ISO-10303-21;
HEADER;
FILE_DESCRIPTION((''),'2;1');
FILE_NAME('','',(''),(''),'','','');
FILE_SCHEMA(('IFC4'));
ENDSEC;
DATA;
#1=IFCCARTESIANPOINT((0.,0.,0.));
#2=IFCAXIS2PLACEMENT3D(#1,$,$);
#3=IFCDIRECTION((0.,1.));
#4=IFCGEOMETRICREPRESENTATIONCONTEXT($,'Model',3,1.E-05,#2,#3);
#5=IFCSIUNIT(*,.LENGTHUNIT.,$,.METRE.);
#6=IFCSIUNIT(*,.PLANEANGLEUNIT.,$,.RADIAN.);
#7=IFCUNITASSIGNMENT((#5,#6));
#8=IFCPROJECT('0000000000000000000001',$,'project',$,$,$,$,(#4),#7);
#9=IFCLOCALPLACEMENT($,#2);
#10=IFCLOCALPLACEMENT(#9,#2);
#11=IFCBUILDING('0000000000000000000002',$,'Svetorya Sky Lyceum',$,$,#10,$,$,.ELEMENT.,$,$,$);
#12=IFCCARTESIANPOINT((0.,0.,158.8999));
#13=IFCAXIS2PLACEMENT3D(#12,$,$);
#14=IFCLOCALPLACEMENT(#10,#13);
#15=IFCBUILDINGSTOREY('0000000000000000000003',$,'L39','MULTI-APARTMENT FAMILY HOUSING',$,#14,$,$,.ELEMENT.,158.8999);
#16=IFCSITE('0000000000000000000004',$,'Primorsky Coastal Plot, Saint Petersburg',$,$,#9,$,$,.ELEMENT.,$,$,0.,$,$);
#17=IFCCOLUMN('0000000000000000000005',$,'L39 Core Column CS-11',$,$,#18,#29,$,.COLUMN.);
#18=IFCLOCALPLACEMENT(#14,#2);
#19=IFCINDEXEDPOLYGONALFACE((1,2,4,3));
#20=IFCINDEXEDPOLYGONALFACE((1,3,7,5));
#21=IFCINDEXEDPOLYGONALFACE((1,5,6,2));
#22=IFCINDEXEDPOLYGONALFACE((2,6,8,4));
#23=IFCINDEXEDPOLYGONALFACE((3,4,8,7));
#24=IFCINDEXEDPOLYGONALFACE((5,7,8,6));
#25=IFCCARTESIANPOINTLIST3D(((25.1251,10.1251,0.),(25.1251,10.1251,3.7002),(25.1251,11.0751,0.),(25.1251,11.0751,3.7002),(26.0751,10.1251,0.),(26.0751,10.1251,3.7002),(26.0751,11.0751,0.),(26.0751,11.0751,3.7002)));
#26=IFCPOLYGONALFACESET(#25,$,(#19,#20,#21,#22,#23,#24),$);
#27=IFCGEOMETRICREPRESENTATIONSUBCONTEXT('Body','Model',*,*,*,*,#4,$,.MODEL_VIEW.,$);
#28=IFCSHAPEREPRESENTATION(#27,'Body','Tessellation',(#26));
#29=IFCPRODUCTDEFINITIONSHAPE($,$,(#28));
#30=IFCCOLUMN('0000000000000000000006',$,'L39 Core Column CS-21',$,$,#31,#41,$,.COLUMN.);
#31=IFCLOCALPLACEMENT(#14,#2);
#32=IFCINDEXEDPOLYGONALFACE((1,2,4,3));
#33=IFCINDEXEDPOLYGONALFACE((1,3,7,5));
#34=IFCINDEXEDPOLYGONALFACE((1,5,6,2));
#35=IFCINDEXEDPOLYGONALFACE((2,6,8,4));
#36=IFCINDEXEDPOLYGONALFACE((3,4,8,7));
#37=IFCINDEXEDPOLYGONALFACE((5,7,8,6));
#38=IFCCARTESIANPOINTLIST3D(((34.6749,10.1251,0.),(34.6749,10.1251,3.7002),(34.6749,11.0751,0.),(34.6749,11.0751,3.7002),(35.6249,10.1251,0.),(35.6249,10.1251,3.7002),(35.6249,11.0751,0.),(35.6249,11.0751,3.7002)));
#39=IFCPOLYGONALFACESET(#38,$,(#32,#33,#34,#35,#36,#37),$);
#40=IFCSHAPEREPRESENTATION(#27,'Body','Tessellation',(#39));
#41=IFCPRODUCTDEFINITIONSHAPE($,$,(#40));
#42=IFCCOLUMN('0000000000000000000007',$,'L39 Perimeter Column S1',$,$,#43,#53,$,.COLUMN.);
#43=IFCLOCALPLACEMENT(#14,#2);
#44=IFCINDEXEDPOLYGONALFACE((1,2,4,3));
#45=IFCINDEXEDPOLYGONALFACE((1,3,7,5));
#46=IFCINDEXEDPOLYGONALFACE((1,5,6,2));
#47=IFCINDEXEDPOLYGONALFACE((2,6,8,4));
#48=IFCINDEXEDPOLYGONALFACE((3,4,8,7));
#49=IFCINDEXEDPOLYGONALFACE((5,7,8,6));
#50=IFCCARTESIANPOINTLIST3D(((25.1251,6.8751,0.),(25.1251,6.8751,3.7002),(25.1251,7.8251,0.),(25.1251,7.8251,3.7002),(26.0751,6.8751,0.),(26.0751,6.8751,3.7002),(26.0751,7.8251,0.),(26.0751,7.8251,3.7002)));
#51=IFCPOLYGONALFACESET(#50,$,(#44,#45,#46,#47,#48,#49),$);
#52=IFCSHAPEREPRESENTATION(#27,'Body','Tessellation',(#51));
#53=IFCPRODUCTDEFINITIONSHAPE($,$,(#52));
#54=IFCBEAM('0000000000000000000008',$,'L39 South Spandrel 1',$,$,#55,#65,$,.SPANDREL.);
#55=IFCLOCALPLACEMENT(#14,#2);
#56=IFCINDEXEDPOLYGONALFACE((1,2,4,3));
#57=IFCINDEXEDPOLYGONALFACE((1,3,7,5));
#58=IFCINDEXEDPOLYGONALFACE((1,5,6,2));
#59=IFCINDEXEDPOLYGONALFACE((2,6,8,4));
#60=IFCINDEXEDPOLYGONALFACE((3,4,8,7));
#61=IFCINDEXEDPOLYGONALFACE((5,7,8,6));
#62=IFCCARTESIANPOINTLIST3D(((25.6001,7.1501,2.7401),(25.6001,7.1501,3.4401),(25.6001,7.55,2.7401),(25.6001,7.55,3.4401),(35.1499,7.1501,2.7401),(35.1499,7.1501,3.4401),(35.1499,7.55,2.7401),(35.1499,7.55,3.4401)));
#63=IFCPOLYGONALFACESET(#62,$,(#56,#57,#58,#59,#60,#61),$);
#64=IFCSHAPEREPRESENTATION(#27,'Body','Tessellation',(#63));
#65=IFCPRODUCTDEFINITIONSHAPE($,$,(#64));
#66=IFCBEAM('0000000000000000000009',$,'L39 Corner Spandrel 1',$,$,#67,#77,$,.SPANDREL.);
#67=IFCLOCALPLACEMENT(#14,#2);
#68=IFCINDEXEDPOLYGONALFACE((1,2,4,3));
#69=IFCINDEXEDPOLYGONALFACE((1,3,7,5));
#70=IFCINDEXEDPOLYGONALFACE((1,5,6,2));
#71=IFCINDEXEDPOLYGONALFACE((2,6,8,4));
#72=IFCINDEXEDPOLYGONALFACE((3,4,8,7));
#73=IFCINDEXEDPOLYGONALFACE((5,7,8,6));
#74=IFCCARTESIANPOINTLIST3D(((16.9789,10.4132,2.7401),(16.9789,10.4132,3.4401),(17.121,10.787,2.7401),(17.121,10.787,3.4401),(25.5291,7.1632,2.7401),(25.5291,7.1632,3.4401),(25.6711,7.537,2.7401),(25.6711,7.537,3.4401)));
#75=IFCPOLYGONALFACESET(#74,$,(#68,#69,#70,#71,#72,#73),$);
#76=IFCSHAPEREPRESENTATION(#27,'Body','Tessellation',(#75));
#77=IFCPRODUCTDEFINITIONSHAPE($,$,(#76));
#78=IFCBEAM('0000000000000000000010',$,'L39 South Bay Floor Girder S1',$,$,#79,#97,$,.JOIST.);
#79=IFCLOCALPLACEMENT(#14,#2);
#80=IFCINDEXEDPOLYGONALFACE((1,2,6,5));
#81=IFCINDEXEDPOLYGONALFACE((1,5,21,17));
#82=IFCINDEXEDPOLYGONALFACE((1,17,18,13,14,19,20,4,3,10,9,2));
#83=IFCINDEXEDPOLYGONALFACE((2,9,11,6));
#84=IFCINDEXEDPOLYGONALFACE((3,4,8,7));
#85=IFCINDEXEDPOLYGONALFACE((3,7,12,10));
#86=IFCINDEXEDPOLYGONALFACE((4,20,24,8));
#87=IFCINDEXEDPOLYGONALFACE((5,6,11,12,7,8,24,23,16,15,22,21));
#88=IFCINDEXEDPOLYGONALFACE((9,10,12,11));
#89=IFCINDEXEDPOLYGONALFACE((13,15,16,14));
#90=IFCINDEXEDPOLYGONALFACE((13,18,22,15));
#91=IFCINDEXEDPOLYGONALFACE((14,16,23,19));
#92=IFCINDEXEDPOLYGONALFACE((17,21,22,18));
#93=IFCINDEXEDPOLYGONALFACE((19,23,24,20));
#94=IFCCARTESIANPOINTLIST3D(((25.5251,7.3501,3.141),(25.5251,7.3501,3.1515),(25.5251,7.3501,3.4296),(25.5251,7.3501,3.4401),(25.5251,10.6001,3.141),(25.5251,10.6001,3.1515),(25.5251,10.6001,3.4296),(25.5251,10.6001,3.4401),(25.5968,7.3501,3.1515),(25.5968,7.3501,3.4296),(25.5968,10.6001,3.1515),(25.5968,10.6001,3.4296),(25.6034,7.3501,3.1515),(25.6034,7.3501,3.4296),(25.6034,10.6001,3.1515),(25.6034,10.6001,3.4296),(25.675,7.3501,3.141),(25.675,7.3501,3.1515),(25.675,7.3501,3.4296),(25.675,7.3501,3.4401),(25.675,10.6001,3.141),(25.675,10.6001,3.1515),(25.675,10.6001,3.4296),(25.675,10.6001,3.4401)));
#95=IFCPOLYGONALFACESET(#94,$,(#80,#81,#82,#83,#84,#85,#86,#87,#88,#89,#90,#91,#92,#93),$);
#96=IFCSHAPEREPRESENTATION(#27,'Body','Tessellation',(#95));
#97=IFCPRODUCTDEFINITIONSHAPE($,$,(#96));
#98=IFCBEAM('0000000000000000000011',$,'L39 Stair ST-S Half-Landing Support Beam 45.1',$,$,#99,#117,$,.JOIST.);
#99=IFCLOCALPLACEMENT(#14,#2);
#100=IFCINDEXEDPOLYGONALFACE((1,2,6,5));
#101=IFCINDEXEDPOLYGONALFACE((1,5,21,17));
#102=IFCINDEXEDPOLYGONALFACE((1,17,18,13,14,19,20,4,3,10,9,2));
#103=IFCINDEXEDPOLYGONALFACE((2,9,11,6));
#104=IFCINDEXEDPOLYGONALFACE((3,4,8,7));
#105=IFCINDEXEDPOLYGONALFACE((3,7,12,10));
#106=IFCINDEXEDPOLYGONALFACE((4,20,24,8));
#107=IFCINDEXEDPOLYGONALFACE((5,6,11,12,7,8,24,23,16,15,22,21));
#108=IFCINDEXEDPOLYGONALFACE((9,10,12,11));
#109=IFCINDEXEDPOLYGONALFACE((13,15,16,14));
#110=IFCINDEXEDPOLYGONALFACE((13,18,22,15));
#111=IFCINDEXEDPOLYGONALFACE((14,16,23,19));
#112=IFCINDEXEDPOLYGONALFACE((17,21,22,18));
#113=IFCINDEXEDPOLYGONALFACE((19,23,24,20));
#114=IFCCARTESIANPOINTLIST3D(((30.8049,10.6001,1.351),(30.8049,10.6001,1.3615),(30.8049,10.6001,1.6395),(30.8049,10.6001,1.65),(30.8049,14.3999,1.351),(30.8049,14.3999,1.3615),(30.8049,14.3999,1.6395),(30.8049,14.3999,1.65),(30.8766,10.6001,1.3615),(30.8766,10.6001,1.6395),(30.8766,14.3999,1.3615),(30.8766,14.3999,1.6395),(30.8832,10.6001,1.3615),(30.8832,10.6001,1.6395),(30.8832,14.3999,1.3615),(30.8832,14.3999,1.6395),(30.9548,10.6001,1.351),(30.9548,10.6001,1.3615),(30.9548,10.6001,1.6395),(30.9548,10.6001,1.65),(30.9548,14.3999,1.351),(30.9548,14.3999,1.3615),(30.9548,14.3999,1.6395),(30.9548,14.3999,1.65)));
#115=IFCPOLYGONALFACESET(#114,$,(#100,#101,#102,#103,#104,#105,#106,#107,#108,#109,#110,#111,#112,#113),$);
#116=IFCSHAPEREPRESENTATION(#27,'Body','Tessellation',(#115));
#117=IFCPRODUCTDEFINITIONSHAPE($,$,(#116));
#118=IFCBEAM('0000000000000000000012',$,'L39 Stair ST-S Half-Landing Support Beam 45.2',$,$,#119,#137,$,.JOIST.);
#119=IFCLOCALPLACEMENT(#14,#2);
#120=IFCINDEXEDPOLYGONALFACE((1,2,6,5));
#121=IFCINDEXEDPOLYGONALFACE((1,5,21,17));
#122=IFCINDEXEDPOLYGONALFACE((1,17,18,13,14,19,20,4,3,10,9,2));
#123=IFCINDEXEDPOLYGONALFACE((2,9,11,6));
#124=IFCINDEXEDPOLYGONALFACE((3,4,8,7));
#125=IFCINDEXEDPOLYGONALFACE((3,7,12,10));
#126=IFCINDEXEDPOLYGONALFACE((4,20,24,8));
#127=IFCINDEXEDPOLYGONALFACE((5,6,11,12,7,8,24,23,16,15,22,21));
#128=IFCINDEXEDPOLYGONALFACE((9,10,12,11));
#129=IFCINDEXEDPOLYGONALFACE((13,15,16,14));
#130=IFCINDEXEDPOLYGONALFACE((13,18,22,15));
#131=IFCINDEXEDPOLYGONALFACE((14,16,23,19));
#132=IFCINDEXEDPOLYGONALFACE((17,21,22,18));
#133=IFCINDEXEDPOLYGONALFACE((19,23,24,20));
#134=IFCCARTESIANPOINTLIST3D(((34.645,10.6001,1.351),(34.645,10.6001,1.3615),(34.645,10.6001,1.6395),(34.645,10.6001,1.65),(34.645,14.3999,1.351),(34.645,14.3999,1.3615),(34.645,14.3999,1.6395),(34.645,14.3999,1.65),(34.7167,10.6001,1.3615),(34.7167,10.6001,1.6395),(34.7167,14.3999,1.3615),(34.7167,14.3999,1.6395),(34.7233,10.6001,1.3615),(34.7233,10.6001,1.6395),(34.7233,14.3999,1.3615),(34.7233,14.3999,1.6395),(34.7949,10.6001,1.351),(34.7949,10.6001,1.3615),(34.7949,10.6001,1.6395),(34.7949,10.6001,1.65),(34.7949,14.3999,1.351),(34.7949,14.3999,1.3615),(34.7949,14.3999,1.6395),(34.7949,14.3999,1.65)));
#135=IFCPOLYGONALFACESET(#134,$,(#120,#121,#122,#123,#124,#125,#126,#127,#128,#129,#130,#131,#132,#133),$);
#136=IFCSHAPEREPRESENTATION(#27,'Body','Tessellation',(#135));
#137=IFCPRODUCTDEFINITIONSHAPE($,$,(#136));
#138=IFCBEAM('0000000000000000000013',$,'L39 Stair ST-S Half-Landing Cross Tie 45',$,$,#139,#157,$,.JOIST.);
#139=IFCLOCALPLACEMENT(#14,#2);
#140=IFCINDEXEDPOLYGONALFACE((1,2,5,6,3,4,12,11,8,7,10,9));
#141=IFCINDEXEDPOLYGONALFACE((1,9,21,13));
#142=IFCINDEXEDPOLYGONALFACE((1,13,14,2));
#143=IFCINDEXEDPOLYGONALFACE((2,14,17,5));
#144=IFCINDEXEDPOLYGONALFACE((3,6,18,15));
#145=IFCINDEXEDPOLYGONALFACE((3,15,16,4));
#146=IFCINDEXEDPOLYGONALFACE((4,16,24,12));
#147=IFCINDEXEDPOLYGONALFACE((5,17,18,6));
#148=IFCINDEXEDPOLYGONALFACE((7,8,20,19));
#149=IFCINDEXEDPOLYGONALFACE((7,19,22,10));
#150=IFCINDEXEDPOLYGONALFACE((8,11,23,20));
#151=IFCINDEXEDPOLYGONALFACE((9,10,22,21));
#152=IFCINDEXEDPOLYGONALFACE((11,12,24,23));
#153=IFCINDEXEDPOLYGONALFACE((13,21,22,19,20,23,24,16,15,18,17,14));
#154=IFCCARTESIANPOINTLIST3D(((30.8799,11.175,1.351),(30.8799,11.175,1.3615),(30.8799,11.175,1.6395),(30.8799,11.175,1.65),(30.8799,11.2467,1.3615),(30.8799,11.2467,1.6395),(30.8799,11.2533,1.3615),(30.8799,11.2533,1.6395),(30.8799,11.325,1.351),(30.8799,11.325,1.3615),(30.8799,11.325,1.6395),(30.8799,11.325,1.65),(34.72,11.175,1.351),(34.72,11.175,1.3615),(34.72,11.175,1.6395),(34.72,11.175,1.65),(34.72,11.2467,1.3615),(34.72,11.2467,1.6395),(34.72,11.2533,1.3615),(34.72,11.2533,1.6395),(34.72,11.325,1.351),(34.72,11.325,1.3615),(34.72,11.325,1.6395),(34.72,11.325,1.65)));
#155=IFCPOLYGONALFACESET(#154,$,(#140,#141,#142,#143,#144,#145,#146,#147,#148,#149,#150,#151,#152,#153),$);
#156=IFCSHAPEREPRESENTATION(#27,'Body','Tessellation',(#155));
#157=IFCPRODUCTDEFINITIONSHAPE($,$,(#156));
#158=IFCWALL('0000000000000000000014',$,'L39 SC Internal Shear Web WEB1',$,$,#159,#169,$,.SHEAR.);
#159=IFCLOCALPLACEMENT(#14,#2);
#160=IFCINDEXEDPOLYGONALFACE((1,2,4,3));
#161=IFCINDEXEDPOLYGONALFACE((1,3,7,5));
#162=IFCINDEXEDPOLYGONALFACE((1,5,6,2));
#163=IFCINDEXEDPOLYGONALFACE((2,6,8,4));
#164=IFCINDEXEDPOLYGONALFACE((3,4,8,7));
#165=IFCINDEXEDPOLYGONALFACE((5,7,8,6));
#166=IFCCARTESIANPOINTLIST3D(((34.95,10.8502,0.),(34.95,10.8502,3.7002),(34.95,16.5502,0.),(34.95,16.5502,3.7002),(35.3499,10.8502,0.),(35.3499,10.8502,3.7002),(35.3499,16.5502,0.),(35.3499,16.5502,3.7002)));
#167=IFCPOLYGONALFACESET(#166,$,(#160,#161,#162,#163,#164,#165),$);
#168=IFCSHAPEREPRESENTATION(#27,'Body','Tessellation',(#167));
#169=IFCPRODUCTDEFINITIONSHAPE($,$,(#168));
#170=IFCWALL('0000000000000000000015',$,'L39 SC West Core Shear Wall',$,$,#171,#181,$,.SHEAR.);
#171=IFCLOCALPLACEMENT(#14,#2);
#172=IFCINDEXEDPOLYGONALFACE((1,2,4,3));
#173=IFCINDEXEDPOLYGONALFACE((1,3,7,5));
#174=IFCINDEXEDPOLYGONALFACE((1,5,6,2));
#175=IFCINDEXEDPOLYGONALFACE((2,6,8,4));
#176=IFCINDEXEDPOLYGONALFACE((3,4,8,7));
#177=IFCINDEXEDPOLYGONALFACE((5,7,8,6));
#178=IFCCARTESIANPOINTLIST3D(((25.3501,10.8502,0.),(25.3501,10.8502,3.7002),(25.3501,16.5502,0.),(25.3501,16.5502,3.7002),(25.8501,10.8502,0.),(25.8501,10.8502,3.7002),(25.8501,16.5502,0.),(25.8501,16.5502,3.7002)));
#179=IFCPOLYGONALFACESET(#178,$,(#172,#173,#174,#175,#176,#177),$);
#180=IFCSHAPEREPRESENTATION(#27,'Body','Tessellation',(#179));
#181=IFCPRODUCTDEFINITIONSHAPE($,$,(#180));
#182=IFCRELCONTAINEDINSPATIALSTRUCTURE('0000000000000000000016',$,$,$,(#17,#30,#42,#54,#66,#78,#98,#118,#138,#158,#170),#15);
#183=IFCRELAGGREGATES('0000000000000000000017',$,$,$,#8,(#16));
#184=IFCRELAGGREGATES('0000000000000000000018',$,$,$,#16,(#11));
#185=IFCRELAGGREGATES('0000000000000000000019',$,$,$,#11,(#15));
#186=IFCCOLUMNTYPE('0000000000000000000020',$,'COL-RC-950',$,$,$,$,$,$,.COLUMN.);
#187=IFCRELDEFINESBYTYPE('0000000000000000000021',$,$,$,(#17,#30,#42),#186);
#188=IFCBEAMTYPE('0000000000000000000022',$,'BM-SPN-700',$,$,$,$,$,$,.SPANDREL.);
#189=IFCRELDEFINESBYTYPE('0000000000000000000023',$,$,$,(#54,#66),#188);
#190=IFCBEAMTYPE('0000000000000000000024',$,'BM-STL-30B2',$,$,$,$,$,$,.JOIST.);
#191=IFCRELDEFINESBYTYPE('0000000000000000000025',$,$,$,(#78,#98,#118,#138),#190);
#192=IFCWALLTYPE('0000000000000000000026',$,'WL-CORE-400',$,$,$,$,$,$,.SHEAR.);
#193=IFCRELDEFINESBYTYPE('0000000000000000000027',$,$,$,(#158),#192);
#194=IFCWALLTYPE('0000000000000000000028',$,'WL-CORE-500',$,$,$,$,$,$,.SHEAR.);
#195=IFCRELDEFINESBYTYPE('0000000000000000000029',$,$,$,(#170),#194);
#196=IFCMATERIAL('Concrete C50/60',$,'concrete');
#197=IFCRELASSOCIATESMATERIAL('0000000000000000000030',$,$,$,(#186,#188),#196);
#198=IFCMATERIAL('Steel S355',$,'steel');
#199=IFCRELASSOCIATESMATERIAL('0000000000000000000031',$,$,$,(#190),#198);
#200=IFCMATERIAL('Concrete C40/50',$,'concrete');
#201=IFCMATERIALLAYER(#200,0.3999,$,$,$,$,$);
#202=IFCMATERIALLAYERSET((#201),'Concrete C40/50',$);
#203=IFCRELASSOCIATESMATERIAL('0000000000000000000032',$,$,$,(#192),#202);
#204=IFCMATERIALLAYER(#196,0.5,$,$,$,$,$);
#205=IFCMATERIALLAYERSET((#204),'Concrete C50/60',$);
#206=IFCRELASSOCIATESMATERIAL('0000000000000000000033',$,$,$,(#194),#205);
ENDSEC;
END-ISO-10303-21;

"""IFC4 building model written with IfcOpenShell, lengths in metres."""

from ifc_helpers import new_model, si_unit, direction, frame, frame_2d, origin, origin_2d, place, context, subcontext, project, spatial, rectangle, i_section, extrude, material, layer, layer_set, material_profile, profile_set, type_object, element, save


model = new_model("IFC4")

# Units and contexts
model_context = context("Model", 3, precision=1e-05, world=origin(), true_north=direction((0.0, 1.0)))
body_context = subcontext(model_context, "Body", "Model", "MODEL_VIEW")
ifc_project = project(units=[si_unit("LENGTHUNIT", "METRE"), si_unit("PLANEANGLEUNIT", "RADIAN")], contexts=[model_context])

# Site, building, storey
site_placement = place(None, origin())
site = spatial("IfcSite", under=ifc_project, at=site_placement, Name="Primorsky Coastal Plot, Saint Petersburg", CompositionType="ELEMENT", RefElevation=0.0)
building_placement = place(site_placement, origin())
building = spatial("IfcBuilding", under=site, at=building_placement, Name="Svetorya Sky Lyceum", CompositionType="ELEMENT")
storey_placement = place(building_placement, frame((0.0, 0.0, 158.8999)))
storey = spatial("IfcBuildingStorey", under=building, at=storey_placement, Name="L39", Description="MULTI-APARTMENT FAMILY HOUSING", CompositionType="ELEMENT", Elevation=158.8999)

# Columns
ifc_material_1 = material(Name="Concrete C50/60", Category="concrete")
ifc_material_profile_1 = material_profile(ifc_material_1, rectangle(XDim=0.95, YDim=0.95, at=origin_2d()), Name="RC COL 950x950")
ifc_profile_set_1 = profile_set([ifc_material_profile_1], Name="Concrete C50/60")
column_type = type_object("IfcColumnType", Name="COL-RC-950", PredefinedType="COLUMN", material=ifc_profile_set_1)
for number, where, z_axis, x_axis, name in (
    (1, (25.6001, 10.6001, 0.0), (0.0, 0.0, 1.0), (1.0, 0.0, 0.0), "L39 Core Column CS-11"),
    (2, (35.1499, 10.6001, 0.0), (0.0, 0.0, 1.0), (1.0, 0.0, 0.0), "L39 Core Column CS-21"),
    (3, (25.6001, 7.3501, 0.0), (0.0, 0.0, 1.0), (1.0, 0.0, 0.0), "L39 Perimeter Column S1"),
):
    element("IfcColumn", number, at=place(storey_placement, frame(where, z_axis=z_axis, x_axis=x_axis)), inside=storey, type_object=column_type, Name=name, PredefinedType="COLUMN", context=body_context, shape_type="SweptSolid", body=[
        extrude(rectangle(XDim=0.95, YDim=0.95, at=origin_2d()), origin(), (0.0, 0.0, 1.0), 3.7002),
    ])

# Beams
ifc_material_profile_2 = material_profile(ifc_material_1, rectangle(XDim=0.3999, YDim=0.7, at=origin_2d()), Name="RC SPANDREL 400x700")
ifc_profile_set_2 = profile_set([ifc_material_profile_2], Name="Concrete C50/60")
beam_type_1 = type_object("IfcBeamType", Name="BM-SPN-700", PredefinedType="SPANDREL", material=ifc_profile_set_2)
beam_1_placement = place(storey_placement, frame((25.6001, 7.3501, 3.0901), z_axis=(1.0, 0.0, 0.0), x_axis=(0.0, 1.0, 0.0)))
element("IfcBeam", 4, at=beam_1_placement, inside=storey, type_object=beam_type_1, Name="L39 South Spandrel 1", PredefinedType="SPANDREL", context=body_context, shape_type="SweptSolid", body=[
    extrude(rectangle(XDim=0.3999, YDim=0.7, at=origin_2d()), origin(), (0.0, 0.0, 1.0), 9.5498),
])
beam_2_placement = place(storey_placement, frame((25.6001, 7.3501, 3.0901), z_axis=(-0.934748, 0.355312, 0.0), x_axis=(-0.355312, -0.934748, 0.0)))
element("IfcBeam", 5, at=beam_2_placement, inside=storey, type_object=beam_type_1, Name="L39 Corner Spandrel 1", PredefinedType="SPANDREL", context=body_context, shape_type="SweptSolid", body=[
    extrude(rectangle(XDim=0.3999, YDim=0.7, at=origin_2d()), origin(), (0.0, 0.0, 1.0), 9.147),
])
ifc_material_2 = material(Name="Steel S355", Category="steel")
ifc_material_profile_3 = material_profile(ifc_material_2, i_section(OverallWidth=0.1499, OverallDepth=0.2991, WebThickness=0.0066, FlangeThickness=0.0105, at=origin_2d()), Name="GOST 30B2")
ifc_profile_set_3 = profile_set([ifc_material_profile_3], Name="Steel S355")
beam_type_2 = type_object("IfcBeamType", Name="BM-STL-30B2", PredefinedType="JOIST", material=ifc_profile_set_3)
beam_3_placement = place(storey_placement, frame((25.6001, 7.3501, 3.2905), z_axis=(0.0, 1.0, 0.0), x_axis=(-1.0, 0.0, 0.0)))
element("IfcBeam", 6, at=beam_3_placement, inside=storey, type_object=beam_type_2, Name="L39 South Bay Floor Girder S1", PredefinedType="JOIST", context=body_context, shape_type="SweptSolid", body=[
    extrude(i_section(OverallWidth=0.1499, OverallDepth=0.2991, WebThickness=0.0066, FlangeThickness=0.0105, at=origin_2d()), origin(), (0.0, 0.0, 1.0), 3.25),
])
for number, where, z_axis, x_axis, name in (
    (7, (30.8799, 10.6001, 1.5005), (0.0, 1.0, 0.0), (-1.0, 0.0, 0.0), "L39 Stair ST-S Half-Landing Support Beam 45.1"),
    (8, (34.72, 10.6001, 1.5005), (0.0, 1.0, 0.0), (-1.0, 0.0, 0.0), "L39 Stair ST-S Half-Landing Support Beam 45.2"),
):
    element("IfcBeam", number, at=place(storey_placement, frame(where, z_axis=z_axis, x_axis=x_axis)), inside=storey, type_object=beam_type_2, Name=name, PredefinedType="JOIST", context=body_context, shape_type="SweptSolid", body=[
        extrude(i_section(OverallWidth=0.1499, OverallDepth=0.2991, WebThickness=0.0066, FlangeThickness=0.0105, at=origin_2d()), origin(), (0.0, 0.0, 1.0), 3.7998),
    ])
beam_4_placement = place(storey_placement, frame((30.8799, 11.25, 1.5005), z_axis=(1.0, 0.0, 0.0), x_axis=(0.0, 1.0, 0.0)))
element("IfcBeam", 9, at=beam_4_placement, inside=storey, type_object=beam_type_2, Name="L39 Stair ST-S Half-Landing Cross Tie 45", PredefinedType="JOIST", context=body_context, shape_type="SweptSolid", body=[
    extrude(i_section(OverallWidth=0.1499, OverallDepth=0.2991, WebThickness=0.0066, FlangeThickness=0.0105, at=origin_2d()), origin(), (0.0, 0.0, 1.0), 3.8401),
])

# Walls
ifc_material_3 = material(Name="Concrete C40/50", Category="concrete")
ifc_layer_1 = layer(ifc_material_3, 0.3999)
ifc_layer_set_1 = layer_set([ifc_layer_1], Name="Concrete C40/50")
wall_type_1 = type_object("IfcWallType", Name="WL-CORE-400", PredefinedType="SHEAR", material=ifc_layer_set_1)
wall_1_placement = place(storey_placement, frame((35.1499, 10.8501, 0.0), z_axis=(0.0, 0.0, 1.0), x_axis=(0.0, 1.0, 0.0)))
element("IfcWall", 10, at=wall_1_placement, inside=storey, type_object=wall_type_1, Name="L39 SC Internal Shear Web WEB1", PredefinedType="SHEAR", context=body_context, shape_type="SweptSolid", body=[
    extrude(rectangle(XDim=5.7, YDim=0.3999, at=frame_2d((2.8501, 0.0))), origin(), (0.0, 0.0, 1.0), 3.7002),
])
ifc_layer_2 = layer(ifc_material_1, 0.5)
ifc_layer_set_2 = layer_set([ifc_layer_2], Name="Concrete C50/60")
wall_type_2 = type_object("IfcWallType", Name="WL-CORE-500", PredefinedType="SHEAR", material=ifc_layer_set_2)
wall_2_placement = place(storey_placement, frame((25.6001, 10.8501, 0.0), z_axis=(0.0, 0.0, 1.0), x_axis=(0.0, 1.0, 0.0)))
element("IfcWall", 11, at=wall_2_placement, inside=storey, type_object=wall_type_2, Name="L39 SC West Core Shear Wall", PredefinedType="SHEAR", context=body_context, shape_type="SweptSolid", body=[
    extrude(rectangle(XDim=5.7, YDim=0.5, at=frame_2d((2.8501, 0.0))), origin(), (0.0, 0.0, 1.0), 3.7002),
])

save(model, "model.ifc")
